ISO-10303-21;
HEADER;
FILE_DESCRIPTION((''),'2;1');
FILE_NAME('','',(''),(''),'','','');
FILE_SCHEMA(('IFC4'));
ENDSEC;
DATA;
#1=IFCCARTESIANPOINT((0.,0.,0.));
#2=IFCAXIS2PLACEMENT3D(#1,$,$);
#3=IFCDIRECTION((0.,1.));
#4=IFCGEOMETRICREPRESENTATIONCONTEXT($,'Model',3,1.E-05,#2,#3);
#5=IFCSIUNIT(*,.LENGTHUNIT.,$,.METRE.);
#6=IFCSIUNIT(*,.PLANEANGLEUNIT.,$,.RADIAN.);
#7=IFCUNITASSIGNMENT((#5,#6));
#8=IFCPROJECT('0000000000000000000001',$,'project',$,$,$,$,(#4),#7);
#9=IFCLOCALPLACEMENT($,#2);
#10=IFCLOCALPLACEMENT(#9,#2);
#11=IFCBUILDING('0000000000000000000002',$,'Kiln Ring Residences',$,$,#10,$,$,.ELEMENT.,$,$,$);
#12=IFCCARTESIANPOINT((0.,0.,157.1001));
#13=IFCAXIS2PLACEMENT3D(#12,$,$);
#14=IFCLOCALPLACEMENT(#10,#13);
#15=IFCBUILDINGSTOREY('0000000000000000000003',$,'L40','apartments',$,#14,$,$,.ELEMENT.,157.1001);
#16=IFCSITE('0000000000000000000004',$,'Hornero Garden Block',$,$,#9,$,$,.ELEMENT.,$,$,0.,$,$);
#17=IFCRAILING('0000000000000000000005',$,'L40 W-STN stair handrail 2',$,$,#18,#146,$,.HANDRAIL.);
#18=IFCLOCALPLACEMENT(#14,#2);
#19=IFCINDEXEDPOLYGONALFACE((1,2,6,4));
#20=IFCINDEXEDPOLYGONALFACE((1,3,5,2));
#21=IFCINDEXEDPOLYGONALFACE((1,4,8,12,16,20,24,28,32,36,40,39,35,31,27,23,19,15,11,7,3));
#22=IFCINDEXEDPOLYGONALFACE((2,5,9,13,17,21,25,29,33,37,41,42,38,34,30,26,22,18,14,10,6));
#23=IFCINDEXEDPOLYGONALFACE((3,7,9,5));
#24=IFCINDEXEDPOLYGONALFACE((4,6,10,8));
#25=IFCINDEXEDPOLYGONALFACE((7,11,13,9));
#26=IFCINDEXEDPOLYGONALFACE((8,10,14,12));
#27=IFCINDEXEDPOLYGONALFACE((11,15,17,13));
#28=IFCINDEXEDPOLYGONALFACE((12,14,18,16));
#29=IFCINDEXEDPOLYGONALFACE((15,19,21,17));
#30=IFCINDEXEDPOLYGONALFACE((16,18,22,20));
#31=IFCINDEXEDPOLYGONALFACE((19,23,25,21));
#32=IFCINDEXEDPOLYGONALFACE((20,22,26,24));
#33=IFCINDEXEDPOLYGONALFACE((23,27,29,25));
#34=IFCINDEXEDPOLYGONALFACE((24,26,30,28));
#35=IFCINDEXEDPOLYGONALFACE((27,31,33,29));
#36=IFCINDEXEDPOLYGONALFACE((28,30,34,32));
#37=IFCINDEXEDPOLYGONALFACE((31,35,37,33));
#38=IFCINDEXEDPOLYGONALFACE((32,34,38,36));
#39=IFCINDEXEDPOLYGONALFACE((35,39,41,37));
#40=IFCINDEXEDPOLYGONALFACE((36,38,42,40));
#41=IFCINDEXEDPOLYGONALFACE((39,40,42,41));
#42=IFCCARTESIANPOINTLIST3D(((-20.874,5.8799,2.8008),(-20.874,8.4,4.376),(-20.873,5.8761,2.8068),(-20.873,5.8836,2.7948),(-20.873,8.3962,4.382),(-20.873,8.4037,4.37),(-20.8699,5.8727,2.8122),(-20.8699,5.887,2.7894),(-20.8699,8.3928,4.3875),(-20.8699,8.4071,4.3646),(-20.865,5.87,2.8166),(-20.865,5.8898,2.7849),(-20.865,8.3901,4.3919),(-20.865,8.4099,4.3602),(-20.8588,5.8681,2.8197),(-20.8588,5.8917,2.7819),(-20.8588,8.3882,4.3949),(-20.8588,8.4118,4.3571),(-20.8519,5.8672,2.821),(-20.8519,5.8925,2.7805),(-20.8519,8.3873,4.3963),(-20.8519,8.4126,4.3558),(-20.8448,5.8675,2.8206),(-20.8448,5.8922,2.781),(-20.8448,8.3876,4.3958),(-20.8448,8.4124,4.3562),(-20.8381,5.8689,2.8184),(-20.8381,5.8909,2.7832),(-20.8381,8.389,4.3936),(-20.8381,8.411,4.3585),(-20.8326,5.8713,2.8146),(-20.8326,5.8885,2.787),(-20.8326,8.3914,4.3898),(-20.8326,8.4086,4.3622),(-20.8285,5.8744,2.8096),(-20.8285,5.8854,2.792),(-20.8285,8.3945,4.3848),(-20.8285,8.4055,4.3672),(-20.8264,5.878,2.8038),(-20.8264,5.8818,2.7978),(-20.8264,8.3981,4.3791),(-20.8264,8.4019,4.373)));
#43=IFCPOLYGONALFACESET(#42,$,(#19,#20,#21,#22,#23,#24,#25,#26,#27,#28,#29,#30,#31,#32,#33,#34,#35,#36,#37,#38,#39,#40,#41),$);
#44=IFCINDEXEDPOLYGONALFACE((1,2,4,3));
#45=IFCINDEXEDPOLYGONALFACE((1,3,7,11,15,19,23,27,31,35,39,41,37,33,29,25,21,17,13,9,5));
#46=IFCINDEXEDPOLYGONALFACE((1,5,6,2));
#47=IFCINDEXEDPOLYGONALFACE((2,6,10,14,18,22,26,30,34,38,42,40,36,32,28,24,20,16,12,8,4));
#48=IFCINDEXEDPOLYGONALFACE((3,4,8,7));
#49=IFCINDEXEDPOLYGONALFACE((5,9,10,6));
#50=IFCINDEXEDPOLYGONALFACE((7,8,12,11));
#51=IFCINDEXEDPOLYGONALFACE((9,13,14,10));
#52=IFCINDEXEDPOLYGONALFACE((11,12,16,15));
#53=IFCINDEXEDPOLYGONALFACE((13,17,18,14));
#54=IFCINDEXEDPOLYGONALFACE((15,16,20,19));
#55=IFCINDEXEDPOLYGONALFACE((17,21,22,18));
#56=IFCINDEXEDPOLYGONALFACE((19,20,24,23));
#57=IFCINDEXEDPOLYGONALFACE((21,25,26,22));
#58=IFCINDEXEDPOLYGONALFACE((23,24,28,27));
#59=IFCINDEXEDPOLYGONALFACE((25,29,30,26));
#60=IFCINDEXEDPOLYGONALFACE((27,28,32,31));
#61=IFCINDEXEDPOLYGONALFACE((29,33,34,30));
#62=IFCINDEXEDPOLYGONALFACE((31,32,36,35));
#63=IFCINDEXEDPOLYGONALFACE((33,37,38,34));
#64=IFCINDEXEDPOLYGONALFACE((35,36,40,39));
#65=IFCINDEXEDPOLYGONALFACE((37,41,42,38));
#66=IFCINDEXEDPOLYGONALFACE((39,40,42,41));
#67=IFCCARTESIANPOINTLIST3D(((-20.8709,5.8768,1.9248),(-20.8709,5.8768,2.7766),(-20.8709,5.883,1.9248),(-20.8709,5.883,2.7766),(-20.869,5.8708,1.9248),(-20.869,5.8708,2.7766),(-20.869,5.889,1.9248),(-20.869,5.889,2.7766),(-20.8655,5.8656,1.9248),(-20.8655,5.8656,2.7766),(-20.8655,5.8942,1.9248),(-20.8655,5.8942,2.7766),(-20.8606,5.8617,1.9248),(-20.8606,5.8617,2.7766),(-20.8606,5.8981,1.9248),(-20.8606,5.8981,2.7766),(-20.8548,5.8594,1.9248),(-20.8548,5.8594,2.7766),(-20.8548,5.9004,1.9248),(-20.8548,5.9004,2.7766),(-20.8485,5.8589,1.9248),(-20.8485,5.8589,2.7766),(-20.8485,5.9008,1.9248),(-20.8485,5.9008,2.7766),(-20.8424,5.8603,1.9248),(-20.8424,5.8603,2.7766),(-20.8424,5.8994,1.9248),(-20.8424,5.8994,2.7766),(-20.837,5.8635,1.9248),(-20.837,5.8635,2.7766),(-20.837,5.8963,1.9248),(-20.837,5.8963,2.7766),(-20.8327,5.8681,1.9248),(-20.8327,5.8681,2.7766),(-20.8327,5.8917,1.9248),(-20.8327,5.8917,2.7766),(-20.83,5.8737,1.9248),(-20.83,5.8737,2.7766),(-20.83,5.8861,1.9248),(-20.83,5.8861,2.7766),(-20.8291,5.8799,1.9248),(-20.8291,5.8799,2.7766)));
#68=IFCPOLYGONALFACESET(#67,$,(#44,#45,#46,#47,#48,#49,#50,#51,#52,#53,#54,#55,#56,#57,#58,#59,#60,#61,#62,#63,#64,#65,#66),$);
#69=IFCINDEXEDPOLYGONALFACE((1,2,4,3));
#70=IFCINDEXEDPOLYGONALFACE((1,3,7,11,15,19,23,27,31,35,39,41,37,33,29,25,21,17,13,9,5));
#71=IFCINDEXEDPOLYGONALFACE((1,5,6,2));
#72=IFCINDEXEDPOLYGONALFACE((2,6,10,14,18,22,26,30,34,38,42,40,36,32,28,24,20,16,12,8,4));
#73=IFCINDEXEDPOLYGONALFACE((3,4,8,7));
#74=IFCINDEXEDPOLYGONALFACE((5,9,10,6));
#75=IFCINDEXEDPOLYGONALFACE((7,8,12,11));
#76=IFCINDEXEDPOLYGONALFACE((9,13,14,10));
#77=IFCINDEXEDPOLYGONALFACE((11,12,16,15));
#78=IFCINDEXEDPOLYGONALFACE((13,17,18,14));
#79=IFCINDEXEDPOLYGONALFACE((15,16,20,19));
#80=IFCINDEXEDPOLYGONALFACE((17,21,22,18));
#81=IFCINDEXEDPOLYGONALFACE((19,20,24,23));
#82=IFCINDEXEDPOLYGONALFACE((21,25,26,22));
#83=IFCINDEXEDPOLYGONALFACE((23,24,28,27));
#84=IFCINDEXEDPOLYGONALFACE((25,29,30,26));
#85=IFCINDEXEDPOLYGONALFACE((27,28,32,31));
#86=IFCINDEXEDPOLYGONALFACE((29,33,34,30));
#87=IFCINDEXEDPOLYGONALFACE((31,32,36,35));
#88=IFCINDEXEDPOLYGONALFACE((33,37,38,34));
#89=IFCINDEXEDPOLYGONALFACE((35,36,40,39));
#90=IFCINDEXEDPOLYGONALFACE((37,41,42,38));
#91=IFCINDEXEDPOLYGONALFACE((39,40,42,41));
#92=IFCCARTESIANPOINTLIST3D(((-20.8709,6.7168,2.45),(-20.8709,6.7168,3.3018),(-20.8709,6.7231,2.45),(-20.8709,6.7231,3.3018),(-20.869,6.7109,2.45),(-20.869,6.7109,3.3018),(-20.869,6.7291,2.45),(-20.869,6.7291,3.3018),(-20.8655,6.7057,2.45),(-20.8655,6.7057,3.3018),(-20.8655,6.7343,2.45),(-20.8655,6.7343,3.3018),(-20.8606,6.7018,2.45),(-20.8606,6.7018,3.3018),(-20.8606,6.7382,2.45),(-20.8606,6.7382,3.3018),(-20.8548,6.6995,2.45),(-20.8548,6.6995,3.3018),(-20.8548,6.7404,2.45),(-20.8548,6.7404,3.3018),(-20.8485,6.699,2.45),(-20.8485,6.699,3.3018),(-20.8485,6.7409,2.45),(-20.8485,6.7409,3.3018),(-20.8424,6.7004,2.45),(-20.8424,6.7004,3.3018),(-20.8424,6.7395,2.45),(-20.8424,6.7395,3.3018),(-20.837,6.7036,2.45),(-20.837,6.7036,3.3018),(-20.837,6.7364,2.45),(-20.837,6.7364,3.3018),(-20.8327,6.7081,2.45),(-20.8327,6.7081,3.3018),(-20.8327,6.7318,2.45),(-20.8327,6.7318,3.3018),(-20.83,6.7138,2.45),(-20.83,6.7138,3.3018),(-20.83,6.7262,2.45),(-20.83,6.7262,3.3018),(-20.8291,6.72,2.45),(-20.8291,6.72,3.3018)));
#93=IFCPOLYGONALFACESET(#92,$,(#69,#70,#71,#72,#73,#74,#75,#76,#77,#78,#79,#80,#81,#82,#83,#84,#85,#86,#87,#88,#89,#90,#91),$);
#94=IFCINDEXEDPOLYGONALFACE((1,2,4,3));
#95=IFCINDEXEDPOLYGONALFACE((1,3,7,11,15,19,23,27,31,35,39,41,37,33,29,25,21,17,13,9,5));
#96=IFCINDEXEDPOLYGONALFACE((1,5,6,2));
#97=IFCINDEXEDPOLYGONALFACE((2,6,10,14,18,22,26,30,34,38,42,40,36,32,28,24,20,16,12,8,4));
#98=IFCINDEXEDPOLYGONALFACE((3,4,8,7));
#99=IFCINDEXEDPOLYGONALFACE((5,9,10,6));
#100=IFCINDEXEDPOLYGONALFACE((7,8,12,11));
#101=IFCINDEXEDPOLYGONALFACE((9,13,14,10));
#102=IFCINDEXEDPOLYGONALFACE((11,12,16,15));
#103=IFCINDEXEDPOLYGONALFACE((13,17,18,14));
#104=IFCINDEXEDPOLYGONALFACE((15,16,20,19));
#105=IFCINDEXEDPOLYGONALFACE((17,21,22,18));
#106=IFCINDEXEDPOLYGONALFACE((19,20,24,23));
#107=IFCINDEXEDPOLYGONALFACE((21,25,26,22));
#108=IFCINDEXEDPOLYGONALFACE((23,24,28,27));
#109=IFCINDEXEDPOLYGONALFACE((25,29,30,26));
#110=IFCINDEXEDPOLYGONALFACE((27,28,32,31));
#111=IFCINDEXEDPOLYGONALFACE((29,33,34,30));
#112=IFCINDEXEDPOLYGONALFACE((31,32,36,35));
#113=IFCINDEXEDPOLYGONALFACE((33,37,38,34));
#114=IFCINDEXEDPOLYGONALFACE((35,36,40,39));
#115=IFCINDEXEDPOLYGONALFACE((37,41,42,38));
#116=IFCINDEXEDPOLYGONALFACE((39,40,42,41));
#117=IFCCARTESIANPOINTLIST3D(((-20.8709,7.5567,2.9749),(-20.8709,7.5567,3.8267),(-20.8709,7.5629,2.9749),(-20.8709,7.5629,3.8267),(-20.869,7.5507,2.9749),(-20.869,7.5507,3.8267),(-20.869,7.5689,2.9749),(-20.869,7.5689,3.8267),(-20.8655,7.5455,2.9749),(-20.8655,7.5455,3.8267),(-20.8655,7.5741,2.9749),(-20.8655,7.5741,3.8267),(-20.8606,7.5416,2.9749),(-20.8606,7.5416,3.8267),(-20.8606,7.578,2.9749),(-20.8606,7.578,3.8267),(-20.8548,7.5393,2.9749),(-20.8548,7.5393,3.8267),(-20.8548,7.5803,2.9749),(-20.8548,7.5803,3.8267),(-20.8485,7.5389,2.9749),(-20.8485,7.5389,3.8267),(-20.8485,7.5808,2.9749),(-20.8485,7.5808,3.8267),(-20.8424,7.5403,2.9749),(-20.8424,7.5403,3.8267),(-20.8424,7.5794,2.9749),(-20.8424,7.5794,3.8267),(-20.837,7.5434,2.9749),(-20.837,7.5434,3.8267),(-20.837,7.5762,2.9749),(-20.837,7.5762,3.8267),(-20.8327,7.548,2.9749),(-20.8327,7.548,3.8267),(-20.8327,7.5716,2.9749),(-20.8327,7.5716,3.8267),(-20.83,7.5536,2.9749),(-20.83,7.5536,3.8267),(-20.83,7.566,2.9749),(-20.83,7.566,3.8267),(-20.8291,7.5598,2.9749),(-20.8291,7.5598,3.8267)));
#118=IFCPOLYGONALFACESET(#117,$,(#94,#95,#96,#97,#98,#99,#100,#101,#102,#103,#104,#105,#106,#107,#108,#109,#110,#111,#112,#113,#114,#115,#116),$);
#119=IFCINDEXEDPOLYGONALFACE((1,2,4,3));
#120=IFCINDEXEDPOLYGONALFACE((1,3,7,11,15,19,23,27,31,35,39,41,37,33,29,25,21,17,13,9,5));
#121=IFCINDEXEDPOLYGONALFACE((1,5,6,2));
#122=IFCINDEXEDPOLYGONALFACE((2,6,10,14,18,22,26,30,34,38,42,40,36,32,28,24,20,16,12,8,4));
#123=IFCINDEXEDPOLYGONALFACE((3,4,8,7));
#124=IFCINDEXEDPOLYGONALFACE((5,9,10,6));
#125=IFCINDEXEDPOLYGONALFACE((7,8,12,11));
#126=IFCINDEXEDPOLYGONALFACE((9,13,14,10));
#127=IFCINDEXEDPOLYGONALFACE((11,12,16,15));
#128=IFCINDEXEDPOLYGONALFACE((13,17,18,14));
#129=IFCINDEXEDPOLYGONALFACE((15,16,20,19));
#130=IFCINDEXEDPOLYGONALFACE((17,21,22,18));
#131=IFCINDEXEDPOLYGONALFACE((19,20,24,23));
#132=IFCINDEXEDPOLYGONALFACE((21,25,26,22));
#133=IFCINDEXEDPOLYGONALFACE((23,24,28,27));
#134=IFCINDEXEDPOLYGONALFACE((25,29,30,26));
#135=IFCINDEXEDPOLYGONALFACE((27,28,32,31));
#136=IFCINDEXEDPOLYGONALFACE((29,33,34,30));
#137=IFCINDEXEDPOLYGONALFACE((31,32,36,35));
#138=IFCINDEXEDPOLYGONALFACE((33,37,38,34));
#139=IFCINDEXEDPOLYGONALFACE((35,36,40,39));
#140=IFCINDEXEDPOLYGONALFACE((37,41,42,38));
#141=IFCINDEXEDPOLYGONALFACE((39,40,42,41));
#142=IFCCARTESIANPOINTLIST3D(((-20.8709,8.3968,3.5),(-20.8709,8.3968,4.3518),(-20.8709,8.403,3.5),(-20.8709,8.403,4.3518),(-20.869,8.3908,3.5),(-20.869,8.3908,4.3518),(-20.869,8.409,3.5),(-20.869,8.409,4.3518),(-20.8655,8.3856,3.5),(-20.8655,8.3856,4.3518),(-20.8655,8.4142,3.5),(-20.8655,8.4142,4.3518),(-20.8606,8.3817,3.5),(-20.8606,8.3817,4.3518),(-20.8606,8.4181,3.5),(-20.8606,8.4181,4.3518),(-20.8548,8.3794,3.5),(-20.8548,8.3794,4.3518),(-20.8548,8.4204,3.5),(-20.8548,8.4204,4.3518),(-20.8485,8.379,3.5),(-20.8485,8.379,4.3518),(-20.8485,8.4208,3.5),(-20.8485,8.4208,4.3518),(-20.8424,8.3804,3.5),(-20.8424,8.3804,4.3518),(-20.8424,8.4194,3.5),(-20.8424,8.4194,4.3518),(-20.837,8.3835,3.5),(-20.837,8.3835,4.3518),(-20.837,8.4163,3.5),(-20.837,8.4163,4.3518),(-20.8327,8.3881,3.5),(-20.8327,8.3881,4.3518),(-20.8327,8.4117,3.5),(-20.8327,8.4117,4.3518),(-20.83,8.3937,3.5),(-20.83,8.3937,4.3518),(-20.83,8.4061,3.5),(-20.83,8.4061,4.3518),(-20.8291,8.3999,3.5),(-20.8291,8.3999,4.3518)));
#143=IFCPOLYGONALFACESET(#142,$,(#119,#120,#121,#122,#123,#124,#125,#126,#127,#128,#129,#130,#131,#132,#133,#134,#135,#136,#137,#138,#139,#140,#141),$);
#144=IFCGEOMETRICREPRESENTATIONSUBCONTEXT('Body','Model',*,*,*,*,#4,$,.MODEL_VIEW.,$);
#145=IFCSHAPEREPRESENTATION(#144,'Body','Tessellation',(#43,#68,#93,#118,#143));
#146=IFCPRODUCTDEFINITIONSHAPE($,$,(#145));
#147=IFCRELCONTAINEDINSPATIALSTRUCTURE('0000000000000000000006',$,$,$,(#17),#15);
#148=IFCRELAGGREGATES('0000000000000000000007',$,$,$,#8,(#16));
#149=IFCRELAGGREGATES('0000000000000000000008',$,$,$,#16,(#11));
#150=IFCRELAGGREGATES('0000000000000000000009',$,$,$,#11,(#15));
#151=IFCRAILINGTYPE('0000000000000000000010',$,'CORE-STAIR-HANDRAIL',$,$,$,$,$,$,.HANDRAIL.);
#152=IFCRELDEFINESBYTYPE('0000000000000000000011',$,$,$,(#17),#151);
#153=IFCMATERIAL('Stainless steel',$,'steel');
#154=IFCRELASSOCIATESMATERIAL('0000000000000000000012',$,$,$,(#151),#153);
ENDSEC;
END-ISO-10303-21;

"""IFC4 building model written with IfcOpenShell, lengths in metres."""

from ifc_helpers import new_model, si_unit, direction, frame, origin, origin_2d, place, context, subcontext, project, spatial, circle, extrude, material, type_object, element, save


model = new_model("IFC4")

# Units and contexts
model_context = context("Model", 3, precision=1e-05, world=origin(), true_north=direction((0.0, 1.0)))
body_context = subcontext(model_context, "Body", "Model", "MODEL_VIEW")
ifc_project = project(units=[si_unit("LENGTHUNIT", "METRE"), si_unit("PLANEANGLEUNIT", "RADIAN")], contexts=[model_context])

# Site, building, storey
site_placement = place(None, origin())
site = spatial("IfcSite", under=ifc_project, at=site_placement, Name="Hornero Garden Block", CompositionType="ELEMENT", RefElevation=0.0)
building_placement = place(site_placement, origin())
building = spatial("IfcBuilding", under=site, at=building_placement, Name="Kiln Ring Residences", CompositionType="ELEMENT")
storey_placement = place(building_placement, frame((0.0, 0.0, 157.1001)))
storey = spatial("IfcBuildingStorey", under=building, at=storey_placement, Name="L40", Description="apartments", CompositionType="ELEMENT", Elevation=157.1001)

# Railing
ifc_material_1 = material(Name="Stainless steel", Category="steel")
railing_type_1 = type_object("IfcRailingType", Name="CORE-STAIR-HANDRAIL", PredefinedType="HANDRAIL", material=ifc_material_1)
railing_1_placement = place(storey_placement, frame((-20.8501, 5.8799, 1.9248)))
element("IfcRailing", 1, at=railing_1_placement, inside=storey, type_object=railing_type_1, Name="L40 W-STN stair handrail 2", PredefinedType="HANDRAIL", context=body_context, shape_type="SweptSolid", body=[
    extrude(circle(Radius=0.0239, at=origin_2d()), frame((0.0, 0.0, 0.876), z_axis=(0.0, 0.847971, 0.530043), x_axis=(-1.0, 0.0, 0.0)), (0.0, 0.0, 1.0), 2.9719),
    extrude(circle(Radius=0.021, at=origin_2d()), origin(), (0.0, 0.0, 1.0), 0.8518),
    extrude(circle(Radius=0.021, at=origin_2d()), frame((0.0, 0.8401, 0.5251)), (0.0, 0.0, 1.0), 0.8518),
    extrude(circle(Radius=0.021, at=origin_2d()), frame((0.0, 1.6799, 1.05)), (0.0, 0.0, 1.0), 0.8518),
    extrude(circle(Radius=0.021, at=origin_2d()), frame((0.0, 2.52, 1.5752)), (0.0, 0.0, 1.0), 0.8518),
])

save(model, "model.ifc")
